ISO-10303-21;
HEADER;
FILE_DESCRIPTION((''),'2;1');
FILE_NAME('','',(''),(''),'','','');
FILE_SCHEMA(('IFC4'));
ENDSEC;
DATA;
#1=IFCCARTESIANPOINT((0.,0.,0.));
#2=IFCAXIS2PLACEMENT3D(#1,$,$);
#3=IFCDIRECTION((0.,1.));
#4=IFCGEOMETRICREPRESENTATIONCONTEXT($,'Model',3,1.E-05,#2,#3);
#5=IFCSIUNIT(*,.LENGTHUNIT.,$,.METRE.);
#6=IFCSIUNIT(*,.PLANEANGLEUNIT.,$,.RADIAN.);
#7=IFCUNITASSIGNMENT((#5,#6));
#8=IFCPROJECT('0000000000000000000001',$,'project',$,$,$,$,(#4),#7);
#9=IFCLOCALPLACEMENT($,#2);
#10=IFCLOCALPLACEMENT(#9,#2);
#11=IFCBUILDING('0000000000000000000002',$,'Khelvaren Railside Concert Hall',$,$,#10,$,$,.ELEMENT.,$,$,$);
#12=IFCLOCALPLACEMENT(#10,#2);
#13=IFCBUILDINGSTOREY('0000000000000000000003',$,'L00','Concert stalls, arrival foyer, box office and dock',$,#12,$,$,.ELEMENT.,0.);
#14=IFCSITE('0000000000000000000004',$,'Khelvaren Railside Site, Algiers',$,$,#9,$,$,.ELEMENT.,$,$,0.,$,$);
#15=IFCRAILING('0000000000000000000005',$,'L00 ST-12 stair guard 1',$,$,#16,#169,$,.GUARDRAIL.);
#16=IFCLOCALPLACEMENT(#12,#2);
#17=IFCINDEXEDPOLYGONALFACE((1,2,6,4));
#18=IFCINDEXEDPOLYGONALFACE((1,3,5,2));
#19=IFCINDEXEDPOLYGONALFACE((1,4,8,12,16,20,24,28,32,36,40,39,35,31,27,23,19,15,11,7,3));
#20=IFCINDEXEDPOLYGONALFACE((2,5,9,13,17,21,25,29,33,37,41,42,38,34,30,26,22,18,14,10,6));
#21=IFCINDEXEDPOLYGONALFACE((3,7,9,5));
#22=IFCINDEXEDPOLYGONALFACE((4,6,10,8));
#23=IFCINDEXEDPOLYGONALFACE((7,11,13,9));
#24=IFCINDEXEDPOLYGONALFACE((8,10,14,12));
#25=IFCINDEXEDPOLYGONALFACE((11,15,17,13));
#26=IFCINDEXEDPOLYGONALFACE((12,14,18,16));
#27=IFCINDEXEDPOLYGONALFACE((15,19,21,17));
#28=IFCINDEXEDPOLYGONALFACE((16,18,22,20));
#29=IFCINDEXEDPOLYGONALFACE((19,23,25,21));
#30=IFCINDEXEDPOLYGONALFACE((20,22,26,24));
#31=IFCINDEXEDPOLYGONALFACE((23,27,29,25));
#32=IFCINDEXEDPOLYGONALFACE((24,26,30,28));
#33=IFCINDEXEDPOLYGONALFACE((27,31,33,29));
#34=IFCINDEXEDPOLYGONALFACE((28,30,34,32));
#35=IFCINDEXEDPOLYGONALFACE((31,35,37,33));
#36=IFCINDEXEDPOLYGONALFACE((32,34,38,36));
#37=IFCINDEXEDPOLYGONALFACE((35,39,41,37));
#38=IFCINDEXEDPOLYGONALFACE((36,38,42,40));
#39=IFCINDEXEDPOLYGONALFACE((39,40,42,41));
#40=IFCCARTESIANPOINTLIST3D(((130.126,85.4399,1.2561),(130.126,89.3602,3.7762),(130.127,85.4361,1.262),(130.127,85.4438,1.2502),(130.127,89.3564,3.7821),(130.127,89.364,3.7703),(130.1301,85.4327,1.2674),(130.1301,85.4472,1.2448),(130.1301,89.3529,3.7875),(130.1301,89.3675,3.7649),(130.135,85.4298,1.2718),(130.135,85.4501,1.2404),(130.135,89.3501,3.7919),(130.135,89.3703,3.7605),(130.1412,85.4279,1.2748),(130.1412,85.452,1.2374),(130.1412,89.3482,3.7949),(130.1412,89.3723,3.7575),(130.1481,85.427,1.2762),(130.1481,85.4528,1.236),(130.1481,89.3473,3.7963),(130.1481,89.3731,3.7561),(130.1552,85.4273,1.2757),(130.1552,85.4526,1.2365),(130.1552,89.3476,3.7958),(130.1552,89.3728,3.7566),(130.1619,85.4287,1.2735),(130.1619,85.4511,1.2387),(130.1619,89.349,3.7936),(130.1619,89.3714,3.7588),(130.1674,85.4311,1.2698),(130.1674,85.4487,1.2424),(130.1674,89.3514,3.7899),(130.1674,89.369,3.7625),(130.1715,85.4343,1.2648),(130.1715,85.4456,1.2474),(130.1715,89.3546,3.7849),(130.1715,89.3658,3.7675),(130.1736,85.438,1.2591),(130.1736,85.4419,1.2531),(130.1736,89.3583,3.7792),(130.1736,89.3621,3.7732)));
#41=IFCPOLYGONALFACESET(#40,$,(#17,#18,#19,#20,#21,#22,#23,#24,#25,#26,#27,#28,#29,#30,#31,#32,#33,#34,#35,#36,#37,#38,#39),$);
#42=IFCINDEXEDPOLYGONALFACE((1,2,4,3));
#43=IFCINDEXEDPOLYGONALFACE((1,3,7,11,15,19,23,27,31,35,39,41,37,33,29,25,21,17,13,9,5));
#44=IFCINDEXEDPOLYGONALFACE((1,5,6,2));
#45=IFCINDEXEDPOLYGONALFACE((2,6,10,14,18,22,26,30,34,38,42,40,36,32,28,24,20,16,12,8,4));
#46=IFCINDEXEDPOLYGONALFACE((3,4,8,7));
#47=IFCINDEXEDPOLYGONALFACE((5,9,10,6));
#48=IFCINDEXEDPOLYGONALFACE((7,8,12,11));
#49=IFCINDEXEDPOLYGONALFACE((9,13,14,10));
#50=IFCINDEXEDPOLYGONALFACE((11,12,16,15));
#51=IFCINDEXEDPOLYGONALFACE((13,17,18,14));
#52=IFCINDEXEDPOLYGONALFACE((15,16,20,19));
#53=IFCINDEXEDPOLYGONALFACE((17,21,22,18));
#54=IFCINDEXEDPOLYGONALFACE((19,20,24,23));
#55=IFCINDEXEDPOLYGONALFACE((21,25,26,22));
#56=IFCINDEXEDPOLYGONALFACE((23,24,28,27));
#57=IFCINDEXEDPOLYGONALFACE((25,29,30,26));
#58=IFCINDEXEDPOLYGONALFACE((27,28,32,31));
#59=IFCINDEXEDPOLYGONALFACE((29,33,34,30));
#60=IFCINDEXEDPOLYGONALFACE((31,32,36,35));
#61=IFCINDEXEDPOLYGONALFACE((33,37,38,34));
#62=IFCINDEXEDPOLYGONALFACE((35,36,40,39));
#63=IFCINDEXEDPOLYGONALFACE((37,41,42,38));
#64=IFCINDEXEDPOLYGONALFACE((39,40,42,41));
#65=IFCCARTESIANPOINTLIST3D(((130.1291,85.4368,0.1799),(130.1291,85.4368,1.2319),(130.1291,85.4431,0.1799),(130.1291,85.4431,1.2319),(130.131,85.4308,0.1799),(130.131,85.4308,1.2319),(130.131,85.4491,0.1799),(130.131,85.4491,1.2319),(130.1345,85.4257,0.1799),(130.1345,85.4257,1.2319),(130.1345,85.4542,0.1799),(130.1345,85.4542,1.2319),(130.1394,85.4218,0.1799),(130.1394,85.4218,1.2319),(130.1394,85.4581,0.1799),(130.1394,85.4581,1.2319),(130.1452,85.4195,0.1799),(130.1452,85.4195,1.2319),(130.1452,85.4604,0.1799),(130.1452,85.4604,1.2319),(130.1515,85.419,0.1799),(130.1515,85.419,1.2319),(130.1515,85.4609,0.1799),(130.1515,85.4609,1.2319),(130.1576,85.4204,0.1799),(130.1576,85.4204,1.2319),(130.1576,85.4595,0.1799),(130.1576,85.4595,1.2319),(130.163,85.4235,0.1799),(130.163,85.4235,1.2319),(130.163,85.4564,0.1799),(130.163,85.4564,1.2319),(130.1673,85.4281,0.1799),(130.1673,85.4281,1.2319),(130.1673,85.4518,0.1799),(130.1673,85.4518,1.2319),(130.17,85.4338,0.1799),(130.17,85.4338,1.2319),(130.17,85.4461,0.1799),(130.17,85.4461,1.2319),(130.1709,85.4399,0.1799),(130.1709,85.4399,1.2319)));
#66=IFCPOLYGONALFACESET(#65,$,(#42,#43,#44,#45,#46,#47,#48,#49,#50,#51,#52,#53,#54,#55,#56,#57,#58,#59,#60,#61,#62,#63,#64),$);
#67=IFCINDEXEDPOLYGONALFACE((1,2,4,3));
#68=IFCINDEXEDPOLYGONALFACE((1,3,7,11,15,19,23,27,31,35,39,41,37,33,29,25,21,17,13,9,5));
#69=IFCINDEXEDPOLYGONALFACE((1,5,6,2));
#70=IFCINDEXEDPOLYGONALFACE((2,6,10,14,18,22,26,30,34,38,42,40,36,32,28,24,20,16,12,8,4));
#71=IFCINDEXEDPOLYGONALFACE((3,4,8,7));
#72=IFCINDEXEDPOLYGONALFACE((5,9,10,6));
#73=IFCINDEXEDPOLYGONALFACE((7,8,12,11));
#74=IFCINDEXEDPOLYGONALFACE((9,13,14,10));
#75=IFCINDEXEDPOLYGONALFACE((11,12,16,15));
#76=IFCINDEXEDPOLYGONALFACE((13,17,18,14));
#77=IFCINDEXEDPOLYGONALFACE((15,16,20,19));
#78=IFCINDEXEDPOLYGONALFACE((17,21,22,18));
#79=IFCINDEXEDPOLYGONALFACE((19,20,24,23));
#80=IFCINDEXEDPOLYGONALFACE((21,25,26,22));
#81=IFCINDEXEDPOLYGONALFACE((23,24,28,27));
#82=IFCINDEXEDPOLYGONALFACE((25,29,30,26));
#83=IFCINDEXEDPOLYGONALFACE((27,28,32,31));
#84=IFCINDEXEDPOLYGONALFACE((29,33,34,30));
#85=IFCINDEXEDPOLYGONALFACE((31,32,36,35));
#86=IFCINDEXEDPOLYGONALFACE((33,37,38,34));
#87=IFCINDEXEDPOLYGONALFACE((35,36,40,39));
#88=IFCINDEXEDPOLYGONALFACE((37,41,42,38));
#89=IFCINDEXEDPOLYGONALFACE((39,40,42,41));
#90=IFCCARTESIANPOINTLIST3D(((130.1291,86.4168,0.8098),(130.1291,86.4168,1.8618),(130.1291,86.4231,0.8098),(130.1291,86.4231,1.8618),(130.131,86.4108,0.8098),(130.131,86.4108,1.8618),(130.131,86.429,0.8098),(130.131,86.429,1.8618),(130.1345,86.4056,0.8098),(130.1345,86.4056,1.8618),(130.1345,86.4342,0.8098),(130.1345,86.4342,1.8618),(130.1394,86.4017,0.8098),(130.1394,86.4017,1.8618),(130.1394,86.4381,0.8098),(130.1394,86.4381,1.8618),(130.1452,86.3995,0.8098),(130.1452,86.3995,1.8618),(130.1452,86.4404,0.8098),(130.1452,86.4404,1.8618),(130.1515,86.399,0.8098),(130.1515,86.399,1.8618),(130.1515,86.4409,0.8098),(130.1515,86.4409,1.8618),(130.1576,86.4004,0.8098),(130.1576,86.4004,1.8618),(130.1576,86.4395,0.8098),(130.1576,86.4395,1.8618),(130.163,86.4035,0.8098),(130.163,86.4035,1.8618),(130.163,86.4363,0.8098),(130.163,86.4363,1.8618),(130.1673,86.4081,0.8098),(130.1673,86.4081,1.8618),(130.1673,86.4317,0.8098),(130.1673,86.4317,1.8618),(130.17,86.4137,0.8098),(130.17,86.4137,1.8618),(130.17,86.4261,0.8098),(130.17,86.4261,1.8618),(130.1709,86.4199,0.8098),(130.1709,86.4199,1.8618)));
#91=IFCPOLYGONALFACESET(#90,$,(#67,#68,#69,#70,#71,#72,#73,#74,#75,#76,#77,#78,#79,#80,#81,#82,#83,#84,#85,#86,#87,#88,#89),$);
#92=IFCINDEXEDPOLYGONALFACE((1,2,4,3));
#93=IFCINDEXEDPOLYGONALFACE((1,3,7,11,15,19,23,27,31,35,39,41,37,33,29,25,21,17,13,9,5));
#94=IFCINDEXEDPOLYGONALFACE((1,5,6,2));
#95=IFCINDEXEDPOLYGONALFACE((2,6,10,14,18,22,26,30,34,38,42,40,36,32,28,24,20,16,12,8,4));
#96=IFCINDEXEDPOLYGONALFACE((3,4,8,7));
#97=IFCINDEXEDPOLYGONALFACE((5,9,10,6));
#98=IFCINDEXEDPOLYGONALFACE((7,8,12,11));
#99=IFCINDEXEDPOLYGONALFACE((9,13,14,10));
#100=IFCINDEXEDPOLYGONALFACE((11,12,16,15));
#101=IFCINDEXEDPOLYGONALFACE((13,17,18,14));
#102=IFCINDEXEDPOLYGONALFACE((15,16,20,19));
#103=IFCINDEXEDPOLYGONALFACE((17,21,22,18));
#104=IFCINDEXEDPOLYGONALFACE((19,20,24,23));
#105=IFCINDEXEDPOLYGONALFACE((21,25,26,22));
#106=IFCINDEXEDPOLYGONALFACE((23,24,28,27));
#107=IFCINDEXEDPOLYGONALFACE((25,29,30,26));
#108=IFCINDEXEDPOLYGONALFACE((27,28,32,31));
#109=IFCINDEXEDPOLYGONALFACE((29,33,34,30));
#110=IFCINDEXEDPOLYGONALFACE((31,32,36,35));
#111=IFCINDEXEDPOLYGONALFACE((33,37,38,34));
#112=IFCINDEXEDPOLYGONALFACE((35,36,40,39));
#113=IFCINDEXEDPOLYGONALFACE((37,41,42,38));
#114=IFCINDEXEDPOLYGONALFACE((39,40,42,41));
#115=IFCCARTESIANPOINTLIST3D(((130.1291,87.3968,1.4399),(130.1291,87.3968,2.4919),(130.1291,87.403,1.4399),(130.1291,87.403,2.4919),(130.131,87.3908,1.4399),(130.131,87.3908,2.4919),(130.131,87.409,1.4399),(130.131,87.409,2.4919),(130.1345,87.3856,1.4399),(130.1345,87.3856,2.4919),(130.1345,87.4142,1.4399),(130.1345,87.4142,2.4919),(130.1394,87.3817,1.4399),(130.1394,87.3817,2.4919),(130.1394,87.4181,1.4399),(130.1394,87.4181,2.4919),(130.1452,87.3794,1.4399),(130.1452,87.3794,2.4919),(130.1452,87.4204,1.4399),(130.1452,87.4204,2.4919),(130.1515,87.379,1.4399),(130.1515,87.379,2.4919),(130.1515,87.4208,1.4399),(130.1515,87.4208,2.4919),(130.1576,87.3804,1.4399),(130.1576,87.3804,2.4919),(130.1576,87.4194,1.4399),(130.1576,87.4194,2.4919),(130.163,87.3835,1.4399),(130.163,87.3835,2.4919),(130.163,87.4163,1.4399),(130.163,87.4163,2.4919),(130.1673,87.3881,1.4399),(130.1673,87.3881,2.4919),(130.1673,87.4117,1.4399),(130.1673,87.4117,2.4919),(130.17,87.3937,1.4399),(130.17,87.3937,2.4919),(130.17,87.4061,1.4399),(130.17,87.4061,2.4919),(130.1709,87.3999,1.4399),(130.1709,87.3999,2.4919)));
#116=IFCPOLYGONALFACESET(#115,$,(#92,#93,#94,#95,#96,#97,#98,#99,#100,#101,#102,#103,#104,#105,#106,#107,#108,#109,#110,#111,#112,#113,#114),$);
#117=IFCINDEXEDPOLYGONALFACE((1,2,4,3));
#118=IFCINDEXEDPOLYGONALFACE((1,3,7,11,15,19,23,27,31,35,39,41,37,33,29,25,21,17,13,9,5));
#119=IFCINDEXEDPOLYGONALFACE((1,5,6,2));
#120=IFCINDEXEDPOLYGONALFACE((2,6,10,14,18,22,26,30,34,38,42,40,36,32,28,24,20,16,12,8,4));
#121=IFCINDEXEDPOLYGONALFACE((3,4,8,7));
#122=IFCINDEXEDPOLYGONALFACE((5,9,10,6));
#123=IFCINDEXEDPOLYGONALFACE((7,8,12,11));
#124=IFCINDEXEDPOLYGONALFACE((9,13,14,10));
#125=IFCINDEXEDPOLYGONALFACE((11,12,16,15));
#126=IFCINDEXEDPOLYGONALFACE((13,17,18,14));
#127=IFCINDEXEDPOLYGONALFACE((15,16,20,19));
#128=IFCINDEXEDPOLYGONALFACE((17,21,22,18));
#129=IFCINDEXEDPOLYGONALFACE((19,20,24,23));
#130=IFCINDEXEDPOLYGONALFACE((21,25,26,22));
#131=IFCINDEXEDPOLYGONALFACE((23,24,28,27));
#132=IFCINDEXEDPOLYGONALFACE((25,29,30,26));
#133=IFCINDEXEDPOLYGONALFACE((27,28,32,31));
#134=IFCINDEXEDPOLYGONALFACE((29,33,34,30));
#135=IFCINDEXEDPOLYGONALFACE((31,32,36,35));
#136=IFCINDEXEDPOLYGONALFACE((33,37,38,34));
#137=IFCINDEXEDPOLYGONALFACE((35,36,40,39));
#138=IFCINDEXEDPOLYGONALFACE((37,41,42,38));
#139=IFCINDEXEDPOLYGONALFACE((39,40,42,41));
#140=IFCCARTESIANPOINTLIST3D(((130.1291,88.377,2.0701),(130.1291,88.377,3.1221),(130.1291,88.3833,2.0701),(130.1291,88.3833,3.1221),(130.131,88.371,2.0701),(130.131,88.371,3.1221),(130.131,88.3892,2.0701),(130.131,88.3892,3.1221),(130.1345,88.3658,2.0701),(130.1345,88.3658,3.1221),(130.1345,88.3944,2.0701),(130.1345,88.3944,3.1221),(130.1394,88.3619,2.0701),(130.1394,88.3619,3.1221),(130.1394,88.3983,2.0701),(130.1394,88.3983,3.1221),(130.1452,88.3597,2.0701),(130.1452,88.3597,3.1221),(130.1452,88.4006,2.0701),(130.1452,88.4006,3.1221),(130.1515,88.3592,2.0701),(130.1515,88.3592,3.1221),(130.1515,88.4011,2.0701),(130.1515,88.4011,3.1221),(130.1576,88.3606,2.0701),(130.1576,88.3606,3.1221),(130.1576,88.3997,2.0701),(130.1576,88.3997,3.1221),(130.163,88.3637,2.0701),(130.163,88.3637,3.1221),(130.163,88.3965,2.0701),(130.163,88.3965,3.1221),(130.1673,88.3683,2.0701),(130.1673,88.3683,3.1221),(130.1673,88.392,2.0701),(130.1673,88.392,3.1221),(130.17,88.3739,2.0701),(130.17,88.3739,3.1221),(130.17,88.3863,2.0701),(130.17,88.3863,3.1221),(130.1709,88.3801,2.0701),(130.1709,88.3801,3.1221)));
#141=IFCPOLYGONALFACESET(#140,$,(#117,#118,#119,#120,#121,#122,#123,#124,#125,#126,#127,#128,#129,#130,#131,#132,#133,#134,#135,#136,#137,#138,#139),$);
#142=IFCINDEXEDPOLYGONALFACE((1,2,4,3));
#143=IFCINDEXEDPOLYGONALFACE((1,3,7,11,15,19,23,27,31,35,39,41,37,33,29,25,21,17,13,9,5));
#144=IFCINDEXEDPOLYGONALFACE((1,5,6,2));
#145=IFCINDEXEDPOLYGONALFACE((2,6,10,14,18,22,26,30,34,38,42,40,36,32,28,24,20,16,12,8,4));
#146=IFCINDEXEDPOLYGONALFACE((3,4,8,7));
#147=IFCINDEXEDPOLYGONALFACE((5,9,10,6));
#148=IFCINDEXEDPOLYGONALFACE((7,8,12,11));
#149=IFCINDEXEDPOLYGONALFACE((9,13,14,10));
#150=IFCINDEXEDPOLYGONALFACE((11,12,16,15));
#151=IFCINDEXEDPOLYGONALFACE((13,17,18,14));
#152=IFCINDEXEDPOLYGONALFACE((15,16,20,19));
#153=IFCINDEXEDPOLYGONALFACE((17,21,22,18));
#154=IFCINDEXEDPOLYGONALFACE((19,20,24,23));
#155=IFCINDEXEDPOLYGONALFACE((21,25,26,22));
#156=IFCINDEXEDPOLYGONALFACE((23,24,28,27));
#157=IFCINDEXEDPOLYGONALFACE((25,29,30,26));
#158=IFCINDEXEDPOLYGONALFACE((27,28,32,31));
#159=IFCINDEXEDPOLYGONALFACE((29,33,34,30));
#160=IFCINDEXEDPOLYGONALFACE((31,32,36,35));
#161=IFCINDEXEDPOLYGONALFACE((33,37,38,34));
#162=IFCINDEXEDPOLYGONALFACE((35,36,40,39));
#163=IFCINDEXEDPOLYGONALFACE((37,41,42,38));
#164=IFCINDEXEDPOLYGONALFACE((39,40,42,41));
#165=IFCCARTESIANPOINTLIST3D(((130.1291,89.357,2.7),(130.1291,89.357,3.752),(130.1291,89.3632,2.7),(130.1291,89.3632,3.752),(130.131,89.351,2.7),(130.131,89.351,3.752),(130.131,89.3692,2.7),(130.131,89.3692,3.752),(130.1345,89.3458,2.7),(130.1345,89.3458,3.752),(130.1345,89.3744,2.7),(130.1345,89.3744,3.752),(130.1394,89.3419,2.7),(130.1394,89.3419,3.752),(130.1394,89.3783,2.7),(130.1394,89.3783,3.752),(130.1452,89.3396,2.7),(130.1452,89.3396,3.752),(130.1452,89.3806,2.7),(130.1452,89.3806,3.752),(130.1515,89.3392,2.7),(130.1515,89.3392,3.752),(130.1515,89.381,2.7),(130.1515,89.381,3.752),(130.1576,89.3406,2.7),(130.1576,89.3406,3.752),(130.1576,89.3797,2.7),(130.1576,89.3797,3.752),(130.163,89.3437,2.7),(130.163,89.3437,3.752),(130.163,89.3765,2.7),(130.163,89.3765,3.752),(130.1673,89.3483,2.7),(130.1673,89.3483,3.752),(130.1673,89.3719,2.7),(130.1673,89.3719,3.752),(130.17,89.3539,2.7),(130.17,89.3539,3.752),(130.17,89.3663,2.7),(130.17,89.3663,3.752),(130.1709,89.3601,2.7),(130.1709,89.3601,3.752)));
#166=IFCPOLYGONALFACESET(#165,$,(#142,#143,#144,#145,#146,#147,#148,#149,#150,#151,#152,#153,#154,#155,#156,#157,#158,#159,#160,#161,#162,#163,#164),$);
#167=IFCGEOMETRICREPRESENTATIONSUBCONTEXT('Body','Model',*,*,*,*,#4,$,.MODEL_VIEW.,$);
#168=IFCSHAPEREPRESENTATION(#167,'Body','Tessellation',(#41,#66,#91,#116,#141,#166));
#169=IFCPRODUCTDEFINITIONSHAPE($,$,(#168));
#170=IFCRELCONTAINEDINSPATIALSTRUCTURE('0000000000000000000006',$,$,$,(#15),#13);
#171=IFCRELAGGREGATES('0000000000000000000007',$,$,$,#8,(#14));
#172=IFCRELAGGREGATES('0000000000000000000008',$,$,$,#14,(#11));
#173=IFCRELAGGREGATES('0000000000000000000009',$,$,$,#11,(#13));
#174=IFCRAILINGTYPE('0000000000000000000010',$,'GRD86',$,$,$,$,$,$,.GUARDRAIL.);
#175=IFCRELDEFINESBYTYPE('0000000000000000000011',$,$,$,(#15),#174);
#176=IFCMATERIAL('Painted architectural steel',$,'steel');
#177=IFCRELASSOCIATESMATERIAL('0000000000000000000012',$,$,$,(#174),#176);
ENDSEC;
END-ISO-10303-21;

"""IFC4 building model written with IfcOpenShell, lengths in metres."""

from ifc_helpers import new_model, si_unit, direction, frame, origin, origin_2d, place, context, subcontext, project, spatial, circle, extrude, material, type_object, element, save


model = new_model("IFC4")

# Units and contexts
model_context = context("Model", 3, precision=1e-05, world=origin(), true_north=direction((0.0, 1.0)))
body_context = subcontext(model_context, "Body", "Model", "MODEL_VIEW")
ifc_project = project(units=[si_unit("LENGTHUNIT", "METRE"), si_unit("PLANEANGLEUNIT", "RADIAN")], contexts=[model_context])

# Site, building, storey
site_placement = place(None, origin())
site = spatial("IfcSite", under=ifc_project, at=site_placement, Name="Khelvaren Railside Site, Algiers", CompositionType="ELEMENT", RefElevation=0.0)
building_placement = place(site_placement, origin())
building = spatial("IfcBuilding", under=site, at=building_placement, Name="Khelvaren Railside Concert Hall", CompositionType="ELEMENT")
storey_placement = place(building_placement, origin())
storey = spatial("IfcBuildingStorey", under=building, at=storey_placement, Name="L00", Description="Concert stalls, arrival foyer, box office and dock", CompositionType="ELEMENT", Elevation=0.0)

# Railing
ifc_material_1 = material(Name="Painted architectural steel", Category="steel")
railing_type_1 = type_object("IfcRailingType", Name="GRD86", PredefinedType="GUARDRAIL", material=ifc_material_1)
railing_1_placement = place(storey_placement, frame((130.1499, 85.4399, 0.1799)))
element("IfcRailing", 1, at=railing_1_placement, inside=storey, type_object=railing_type_1, Name="L00 ST-12 stair guard 1", PredefinedType="GUARDRAIL", context=body_context, shape_type="SweptSolid", body=[
    extrude(circle(Radius=0.0239, at=origin_2d()), frame((0.0, 0.0, 1.0762), z_axis=(0.0, 0.841187, 0.540744), x_axis=(-1.0, 0.0, 0.0)), (0.0, 0.0, 1.0), 4.6604),
    extrude(circle(Radius=0.021, at=origin_2d()), origin(), (0.0, 0.0, 1.0), 1.052),
    extrude(circle(Radius=0.021, at=origin_2d()), frame((0.0, 0.98, 0.6299)), (0.0, 0.0, 1.0), 1.052),
    extrude(circle(Radius=0.021, at=origin_2d()), frame((0.0, 1.96, 1.26)), (0.0, 0.0, 1.0), 1.052),
    extrude(circle(Radius=0.021, at=origin_2d()), frame((0.0, 2.9402, 1.8901)), (0.0, 0.0, 1.0), 1.052),
    extrude(circle(Radius=0.021, at=origin_2d()), frame((0.0, 3.9202, 2.52)), (0.0, 0.0, 1.0), 1.052),
])

save(model, "model.ifc")
